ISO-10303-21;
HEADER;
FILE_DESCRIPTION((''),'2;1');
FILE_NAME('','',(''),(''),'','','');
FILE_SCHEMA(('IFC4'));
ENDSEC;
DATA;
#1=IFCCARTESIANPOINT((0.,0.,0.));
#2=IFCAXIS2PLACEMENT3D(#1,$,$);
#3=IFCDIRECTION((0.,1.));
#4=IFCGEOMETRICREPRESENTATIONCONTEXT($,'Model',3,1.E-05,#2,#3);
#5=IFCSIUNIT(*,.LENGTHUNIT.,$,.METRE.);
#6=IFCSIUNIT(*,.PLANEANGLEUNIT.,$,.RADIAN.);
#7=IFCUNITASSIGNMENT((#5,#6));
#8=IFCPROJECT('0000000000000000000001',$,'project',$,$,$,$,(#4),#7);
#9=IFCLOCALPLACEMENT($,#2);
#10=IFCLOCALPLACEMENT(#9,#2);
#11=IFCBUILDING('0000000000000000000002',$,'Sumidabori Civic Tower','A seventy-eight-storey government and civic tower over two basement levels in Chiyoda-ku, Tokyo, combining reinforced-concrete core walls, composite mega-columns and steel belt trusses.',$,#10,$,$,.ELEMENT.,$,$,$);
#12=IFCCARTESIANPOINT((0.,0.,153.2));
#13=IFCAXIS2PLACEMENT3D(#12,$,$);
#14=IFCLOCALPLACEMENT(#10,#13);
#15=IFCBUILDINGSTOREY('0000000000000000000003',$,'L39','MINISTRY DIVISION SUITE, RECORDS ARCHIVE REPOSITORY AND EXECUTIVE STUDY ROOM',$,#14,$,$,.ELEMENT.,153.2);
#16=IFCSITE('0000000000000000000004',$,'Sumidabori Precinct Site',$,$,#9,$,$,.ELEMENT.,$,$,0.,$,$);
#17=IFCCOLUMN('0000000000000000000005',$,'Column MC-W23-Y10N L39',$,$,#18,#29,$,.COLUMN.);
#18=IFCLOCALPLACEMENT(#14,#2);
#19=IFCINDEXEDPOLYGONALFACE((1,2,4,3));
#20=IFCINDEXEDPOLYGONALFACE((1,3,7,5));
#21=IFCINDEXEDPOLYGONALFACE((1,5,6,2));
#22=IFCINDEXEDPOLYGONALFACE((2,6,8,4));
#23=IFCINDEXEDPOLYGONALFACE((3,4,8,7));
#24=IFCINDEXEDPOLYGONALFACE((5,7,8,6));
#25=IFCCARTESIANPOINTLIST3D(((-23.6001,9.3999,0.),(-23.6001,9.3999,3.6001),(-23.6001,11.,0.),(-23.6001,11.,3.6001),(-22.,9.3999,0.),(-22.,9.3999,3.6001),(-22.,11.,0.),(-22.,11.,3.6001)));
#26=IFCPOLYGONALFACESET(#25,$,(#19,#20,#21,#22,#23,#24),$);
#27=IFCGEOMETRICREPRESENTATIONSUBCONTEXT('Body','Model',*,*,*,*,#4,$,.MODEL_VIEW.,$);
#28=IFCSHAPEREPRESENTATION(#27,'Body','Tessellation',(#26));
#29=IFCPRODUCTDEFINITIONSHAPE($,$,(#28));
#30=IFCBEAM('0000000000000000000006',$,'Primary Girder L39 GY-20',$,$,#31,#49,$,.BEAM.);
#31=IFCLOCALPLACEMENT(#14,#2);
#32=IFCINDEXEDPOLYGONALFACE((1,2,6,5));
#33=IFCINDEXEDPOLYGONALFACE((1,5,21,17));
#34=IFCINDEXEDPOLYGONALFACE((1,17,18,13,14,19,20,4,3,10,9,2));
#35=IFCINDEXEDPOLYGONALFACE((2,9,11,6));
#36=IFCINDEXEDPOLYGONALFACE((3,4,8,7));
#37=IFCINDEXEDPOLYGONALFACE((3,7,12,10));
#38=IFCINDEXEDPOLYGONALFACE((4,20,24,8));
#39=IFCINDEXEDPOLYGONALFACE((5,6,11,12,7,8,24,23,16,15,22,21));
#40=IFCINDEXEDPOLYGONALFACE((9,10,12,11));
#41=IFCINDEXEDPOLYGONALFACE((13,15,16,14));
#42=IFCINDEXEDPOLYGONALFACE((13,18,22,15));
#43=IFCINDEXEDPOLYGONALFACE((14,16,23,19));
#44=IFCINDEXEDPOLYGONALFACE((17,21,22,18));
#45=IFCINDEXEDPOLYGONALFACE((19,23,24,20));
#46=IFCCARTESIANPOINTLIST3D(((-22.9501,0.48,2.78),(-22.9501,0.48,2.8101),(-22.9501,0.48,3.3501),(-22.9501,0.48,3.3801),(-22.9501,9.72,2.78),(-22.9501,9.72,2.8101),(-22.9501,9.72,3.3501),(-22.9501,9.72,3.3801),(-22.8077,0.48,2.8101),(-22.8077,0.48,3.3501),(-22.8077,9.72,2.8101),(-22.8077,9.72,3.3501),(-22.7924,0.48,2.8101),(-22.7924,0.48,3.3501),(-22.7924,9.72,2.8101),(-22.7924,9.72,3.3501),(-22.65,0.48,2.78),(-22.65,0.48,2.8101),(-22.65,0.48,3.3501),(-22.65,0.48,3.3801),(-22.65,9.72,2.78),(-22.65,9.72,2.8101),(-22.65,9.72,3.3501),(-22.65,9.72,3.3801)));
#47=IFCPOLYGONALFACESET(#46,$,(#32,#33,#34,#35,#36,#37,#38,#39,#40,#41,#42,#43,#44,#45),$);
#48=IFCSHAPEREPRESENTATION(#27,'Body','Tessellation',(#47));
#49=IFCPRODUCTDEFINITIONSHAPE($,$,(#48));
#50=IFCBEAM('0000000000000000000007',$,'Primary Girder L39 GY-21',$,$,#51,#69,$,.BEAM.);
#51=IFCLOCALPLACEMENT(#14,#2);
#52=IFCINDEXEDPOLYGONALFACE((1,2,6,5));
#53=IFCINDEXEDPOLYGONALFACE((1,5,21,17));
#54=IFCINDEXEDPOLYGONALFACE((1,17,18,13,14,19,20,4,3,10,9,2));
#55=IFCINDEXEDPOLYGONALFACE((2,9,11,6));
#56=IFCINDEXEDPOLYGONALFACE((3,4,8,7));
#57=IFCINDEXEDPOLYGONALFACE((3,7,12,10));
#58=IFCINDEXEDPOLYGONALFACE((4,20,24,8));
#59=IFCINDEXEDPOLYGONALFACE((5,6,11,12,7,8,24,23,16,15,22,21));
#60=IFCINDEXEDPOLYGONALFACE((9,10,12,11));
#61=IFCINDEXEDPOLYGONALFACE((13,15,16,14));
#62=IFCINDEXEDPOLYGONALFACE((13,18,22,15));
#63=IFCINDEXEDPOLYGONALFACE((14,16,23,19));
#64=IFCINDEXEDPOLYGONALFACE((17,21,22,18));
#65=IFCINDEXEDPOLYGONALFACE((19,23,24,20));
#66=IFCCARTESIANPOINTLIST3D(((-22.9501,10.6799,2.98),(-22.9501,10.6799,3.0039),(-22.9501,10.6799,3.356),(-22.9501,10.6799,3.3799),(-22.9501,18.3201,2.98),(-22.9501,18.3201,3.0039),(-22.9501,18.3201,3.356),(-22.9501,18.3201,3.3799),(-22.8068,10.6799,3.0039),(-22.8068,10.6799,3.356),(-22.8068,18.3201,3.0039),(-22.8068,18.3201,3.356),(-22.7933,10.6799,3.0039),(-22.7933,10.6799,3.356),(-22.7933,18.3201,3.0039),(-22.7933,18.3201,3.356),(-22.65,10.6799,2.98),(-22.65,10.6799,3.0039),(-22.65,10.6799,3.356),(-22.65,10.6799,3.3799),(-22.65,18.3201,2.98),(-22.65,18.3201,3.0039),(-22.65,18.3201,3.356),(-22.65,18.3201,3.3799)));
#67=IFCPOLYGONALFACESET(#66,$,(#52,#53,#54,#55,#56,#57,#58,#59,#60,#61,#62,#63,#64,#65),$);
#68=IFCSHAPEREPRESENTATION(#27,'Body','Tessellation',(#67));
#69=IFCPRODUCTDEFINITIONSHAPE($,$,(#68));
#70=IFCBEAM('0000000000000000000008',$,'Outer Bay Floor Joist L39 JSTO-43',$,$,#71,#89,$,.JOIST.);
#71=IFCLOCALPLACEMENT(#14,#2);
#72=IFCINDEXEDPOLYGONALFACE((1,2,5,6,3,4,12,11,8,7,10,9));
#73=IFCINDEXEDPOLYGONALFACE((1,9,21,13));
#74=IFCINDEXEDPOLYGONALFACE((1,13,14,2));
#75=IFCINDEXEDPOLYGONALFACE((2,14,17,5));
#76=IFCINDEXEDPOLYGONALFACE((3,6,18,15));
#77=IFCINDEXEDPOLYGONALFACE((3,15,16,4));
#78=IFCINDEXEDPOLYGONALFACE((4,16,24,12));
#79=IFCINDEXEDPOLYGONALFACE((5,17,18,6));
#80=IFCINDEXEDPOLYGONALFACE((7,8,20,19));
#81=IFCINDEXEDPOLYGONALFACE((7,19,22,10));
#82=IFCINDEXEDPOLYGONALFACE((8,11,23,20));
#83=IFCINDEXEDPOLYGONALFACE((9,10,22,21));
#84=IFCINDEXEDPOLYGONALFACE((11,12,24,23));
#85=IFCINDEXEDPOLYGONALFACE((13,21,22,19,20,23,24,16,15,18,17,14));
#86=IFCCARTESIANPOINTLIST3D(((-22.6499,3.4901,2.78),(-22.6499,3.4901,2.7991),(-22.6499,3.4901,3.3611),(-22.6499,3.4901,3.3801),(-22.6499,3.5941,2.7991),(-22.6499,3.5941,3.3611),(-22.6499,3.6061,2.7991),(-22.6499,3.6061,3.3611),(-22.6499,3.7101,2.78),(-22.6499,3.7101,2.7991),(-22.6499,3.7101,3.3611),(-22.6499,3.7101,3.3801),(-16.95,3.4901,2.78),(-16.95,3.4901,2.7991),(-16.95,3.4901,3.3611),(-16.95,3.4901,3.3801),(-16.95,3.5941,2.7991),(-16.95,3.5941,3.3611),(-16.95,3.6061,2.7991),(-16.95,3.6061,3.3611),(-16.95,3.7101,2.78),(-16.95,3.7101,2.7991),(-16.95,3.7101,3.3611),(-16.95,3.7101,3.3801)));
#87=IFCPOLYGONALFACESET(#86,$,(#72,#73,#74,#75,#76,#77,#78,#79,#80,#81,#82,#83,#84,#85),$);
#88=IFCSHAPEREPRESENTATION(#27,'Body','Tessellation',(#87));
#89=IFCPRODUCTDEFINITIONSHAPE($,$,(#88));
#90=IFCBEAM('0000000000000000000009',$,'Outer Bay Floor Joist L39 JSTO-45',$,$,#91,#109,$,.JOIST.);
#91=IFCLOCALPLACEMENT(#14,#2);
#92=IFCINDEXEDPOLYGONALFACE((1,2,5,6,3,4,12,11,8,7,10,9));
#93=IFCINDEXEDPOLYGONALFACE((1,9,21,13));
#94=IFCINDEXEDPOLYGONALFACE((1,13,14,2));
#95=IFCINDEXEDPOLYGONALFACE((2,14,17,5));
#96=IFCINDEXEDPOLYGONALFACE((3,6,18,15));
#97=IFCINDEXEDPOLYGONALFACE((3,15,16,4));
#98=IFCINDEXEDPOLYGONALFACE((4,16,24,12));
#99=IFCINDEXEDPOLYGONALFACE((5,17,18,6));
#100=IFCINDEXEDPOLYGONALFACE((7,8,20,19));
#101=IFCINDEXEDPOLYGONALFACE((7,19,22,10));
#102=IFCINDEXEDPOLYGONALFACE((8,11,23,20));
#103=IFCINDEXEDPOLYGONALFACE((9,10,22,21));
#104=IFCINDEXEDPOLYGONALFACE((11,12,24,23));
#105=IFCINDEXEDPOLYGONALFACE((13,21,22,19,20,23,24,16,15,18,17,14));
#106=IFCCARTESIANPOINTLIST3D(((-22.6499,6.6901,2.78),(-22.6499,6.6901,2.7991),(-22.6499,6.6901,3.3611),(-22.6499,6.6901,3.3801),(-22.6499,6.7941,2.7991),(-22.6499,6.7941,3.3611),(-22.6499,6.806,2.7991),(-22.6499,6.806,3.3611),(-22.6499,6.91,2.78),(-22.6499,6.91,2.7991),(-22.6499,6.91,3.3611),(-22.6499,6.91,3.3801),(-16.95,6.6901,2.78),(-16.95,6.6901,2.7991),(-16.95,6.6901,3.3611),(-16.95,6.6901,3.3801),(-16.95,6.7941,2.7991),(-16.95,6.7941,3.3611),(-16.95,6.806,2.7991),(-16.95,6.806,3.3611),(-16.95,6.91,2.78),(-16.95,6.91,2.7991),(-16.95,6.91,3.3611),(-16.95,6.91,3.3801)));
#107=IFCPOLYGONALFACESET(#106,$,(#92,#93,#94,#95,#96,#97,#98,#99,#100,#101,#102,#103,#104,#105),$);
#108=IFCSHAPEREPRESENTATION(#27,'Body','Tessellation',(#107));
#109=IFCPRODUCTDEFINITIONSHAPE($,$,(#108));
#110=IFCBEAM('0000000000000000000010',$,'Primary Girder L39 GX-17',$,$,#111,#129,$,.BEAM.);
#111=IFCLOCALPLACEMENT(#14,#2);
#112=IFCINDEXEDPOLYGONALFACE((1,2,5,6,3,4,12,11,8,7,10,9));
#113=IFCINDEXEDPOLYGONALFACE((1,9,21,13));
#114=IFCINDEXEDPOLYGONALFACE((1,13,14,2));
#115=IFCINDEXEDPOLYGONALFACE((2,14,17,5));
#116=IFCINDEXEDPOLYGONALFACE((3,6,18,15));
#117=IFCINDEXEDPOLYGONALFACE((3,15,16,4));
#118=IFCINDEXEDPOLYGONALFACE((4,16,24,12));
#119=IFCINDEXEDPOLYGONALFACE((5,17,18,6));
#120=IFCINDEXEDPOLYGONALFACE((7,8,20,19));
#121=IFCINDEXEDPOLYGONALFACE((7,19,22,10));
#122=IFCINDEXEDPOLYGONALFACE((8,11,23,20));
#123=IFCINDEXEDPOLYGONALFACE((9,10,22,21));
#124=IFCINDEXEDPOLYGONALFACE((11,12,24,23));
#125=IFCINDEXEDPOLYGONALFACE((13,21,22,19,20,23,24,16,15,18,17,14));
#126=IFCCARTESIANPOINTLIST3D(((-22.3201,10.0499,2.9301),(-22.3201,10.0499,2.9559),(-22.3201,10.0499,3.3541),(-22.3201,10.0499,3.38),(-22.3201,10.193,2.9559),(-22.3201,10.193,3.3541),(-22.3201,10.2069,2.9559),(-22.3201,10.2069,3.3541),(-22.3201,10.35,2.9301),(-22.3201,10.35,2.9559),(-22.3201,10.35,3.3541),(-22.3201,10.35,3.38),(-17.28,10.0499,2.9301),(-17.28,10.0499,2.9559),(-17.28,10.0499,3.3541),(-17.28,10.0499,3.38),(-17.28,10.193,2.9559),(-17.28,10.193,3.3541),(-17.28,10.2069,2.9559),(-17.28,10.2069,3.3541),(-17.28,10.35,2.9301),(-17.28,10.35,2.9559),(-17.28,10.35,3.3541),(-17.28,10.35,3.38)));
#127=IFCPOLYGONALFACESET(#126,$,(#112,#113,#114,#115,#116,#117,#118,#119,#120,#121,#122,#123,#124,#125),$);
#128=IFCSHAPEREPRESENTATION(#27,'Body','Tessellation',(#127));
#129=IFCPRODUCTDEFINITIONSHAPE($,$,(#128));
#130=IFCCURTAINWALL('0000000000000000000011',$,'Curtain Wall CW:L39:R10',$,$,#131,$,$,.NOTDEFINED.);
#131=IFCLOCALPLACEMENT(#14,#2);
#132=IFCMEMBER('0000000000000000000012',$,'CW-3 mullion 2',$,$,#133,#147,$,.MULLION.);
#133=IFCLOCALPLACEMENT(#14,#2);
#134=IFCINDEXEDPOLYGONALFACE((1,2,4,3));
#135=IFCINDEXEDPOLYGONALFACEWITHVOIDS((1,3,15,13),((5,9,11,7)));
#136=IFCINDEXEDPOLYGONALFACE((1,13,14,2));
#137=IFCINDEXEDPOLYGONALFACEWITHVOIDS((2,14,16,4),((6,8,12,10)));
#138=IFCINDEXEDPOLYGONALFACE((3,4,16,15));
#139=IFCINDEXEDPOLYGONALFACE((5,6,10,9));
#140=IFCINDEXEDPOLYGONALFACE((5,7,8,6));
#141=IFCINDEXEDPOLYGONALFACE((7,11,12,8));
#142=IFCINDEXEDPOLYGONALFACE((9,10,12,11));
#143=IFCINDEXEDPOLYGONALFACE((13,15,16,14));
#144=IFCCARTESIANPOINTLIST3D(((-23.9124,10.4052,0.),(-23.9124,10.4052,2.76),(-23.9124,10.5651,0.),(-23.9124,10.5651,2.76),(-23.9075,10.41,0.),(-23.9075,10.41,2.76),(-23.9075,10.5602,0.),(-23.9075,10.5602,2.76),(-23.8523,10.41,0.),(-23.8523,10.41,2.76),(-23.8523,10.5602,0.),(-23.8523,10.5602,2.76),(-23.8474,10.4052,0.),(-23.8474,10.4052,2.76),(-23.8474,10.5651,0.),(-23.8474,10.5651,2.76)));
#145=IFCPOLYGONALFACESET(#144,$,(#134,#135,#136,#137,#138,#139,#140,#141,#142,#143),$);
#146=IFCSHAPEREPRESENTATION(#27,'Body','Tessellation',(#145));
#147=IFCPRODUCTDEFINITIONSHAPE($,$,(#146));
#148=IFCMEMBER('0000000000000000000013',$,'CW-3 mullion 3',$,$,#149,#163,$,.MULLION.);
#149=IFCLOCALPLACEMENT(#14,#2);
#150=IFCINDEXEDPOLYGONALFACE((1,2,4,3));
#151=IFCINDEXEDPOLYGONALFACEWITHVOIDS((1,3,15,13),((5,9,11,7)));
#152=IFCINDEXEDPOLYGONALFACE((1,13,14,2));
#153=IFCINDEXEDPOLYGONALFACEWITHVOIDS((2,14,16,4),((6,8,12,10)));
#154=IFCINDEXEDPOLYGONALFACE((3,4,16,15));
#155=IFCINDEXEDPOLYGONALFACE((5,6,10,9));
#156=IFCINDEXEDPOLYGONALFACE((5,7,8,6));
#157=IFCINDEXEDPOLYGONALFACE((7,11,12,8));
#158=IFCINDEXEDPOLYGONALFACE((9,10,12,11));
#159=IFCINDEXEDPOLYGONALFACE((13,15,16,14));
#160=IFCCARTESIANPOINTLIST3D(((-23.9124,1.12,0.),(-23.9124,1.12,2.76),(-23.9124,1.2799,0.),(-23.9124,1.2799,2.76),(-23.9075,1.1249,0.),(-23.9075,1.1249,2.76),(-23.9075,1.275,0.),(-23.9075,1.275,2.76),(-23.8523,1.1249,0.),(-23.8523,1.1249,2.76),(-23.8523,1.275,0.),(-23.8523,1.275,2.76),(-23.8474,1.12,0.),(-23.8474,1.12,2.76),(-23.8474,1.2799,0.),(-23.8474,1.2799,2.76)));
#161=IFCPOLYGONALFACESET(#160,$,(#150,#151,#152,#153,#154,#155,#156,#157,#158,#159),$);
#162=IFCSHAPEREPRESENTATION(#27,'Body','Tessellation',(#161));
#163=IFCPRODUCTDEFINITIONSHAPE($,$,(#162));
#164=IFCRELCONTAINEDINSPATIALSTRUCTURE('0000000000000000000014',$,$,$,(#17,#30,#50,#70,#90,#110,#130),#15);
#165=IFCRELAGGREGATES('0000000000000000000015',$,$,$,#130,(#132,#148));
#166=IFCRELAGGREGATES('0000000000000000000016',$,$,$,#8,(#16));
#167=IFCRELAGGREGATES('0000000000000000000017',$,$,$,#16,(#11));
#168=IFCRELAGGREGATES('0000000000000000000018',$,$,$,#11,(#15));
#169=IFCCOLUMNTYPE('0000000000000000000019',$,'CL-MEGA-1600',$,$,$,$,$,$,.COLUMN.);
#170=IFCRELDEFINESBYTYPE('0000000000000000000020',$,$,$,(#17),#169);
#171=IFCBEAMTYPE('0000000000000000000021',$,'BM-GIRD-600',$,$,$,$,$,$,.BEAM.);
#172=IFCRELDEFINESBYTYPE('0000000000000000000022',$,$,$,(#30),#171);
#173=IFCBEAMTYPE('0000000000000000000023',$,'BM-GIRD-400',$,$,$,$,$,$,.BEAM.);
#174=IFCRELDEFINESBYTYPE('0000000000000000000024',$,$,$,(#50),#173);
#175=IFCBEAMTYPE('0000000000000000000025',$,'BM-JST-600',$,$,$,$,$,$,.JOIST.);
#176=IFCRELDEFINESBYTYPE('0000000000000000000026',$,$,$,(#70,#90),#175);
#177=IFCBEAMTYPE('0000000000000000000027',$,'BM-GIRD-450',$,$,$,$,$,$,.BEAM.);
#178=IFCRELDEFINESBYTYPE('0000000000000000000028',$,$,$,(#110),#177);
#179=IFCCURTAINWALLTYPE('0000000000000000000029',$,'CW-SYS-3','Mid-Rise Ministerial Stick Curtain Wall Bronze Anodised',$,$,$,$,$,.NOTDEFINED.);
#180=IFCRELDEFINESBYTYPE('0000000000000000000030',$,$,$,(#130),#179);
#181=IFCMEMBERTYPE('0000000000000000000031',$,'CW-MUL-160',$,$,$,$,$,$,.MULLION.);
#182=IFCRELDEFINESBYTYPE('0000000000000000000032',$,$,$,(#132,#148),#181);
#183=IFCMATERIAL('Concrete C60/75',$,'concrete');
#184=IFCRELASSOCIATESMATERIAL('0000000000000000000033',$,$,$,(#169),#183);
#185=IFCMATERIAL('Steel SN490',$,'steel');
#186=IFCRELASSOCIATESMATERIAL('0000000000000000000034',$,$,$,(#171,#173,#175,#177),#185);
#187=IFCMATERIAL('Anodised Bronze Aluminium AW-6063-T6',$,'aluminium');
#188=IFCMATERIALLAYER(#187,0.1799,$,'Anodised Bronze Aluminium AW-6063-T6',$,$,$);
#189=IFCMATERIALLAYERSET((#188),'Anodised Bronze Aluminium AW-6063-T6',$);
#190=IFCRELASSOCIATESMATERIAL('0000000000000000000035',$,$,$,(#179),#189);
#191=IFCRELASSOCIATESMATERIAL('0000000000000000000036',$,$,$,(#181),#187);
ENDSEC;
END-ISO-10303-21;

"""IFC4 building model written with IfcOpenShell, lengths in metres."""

from ifc_helpers import new_model, si_unit, direction, frame, origin, origin_2d, place, context, subcontext, project, spatial, rectangle, hollow_rectangle, i_section, extrude, source, transform, mapped, material, layer, layer_set, material_profile, profile_set, type_object, element, aggregate, save


model = new_model("IFC4")

# Units and contexts
model_context = context("Model", 3, precision=1e-05, world=origin(), true_north=direction((0.0, 1.0)))
body_context = subcontext(model_context, "Body", "Model", "MODEL_VIEW")
ifc_project = project(units=[si_unit("LENGTHUNIT", "METRE"), si_unit("PLANEANGLEUNIT", "RADIAN")], contexts=[model_context])

# Site, building, storey
site_placement = place(None, origin())
site = spatial("IfcSite", under=ifc_project, at=site_placement, Name="Sumidabori Precinct Site", CompositionType="ELEMENT", RefElevation=0.0)
building_placement = place(site_placement, origin())
building = spatial("IfcBuilding", under=site, at=building_placement, Name="Sumidabori Civic Tower", Description="A seventy-eight-storey government and civic tower over two basement levels in Chiyoda-ku, Tokyo, combining reinforced-concrete core walls, composite mega-columns and steel belt trusses.", CompositionType="ELEMENT")
storey_placement = place(building_placement, frame((0.0, 0.0, 153.2)))
storey = spatial("IfcBuildingStorey", under=building, at=storey_placement, Name="L39", Description="MINISTRY DIVISION SUITE, RECORDS ARCHIVE REPOSITORY AND EXECUTIVE STUDY ROOM", CompositionType="ELEMENT", Elevation=153.2)

# Column
ifc_material_1 = material(Name="Concrete C60/75", Category="concrete")
ifc_material_profile_1 = material_profile(ifc_material_1, rectangle(XDim=1.6001, YDim=1.6001, at=origin_2d()), Name="RC 1600x1600")
ifc_profile_set_1 = profile_set([ifc_material_profile_1], Name="Concrete C60/75")
column_type = type_object("IfcColumnType", Name="CL-MEGA-1600", PredefinedType="COLUMN", material=ifc_profile_set_1)
shared_shape_1 = source(origin(), body_context, "Body", "SweptSolid", [
    extrude(rectangle(XDim=1.6001, YDim=1.6001, at=origin_2d()), origin(), (0.0, 0.0, 1.0), 3.6001),
])
column_placement = place(storey_placement, frame((-22.8, 10.2, 0.0), z_axis=(0.0, 0.0, 1.0), x_axis=(1.0, 0.0, 0.0)))
element("IfcColumn", 1, at=column_placement, inside=storey, type_object=column_type, Name="Column MC-W23-Y10N L39", PredefinedType="COLUMN", context=body_context, shape_type="MappedRepresentation", body=[
    mapped(shared_shape_1, transform((0.0, 0.0, 0.0), x_axis=(1.0, 0.0, 0.0), y_axis=(0.0, 1.0, 0.0), z_axis=(0.0, 0.0, 1.0), scale=1.0)),
])

# Beams
ifc_material_2 = material(Name="Steel SN490", Category="steel")
ifc_material_profile_2 = material_profile(ifc_material_2, i_section(OverallWidth=0.3, OverallDepth=0.6001, WebThickness=0.0154, FlangeThickness=0.03, at=origin_2d()), Name="HE 600 B")
ifc_profile_set_2 = profile_set([ifc_material_profile_2], Name="Steel SN490")
beam_type_1 = type_object("IfcBeamType", Name="BM-GIRD-600", PredefinedType="BEAM", material=ifc_profile_set_2)
shared_shape_2 = source(origin(), body_context, "Body", "SweptSolid", [
    extrude(i_section(OverallWidth=0.3, OverallDepth=0.6001, WebThickness=0.0154, FlangeThickness=0.03, at=origin_2d()), origin(), (0.0, 0.0, 1.0), 9.24),
])
beam_1_placement = place(storey_placement, frame((-22.8, 0.48, 3.0801), z_axis=(0.0, 1.0, 0.0), x_axis=(-1.0, 0.0, 0.0)))
element("IfcBeam", 2, at=beam_1_placement, inside=storey, type_object=beam_type_1, Name="Primary Girder L39 GY-20", PredefinedType="BEAM", context=body_context, shape_type="MappedRepresentation", body=[
    mapped(shared_shape_2, transform((0.0, 0.0, 0.0), x_axis=(1.0, 0.0, 0.0), y_axis=(0.0, 1.0, 0.0), z_axis=(0.0, 0.0, 1.0), scale=1.0)),
])
ifc_material_profile_3 = material_profile(ifc_material_2, i_section(OverallWidth=0.3, OverallDepth=0.3999, WebThickness=0.0134, FlangeThickness=0.0239, at=origin_2d()), Name="HE 400 B")
ifc_profile_set_3 = profile_set([ifc_material_profile_3], Name="Steel SN490")
beam_type_2 = type_object("IfcBeamType", Name="BM-GIRD-400", PredefinedType="BEAM", material=ifc_profile_set_3)
shared_shape_3 = source(origin(), body_context, "Body", "SweptSolid", [
    extrude(i_section(OverallWidth=0.3, OverallDepth=0.3999, WebThickness=0.0134, FlangeThickness=0.0239, at=origin_2d()), origin(), (0.0, 0.0, 1.0), 7.6401),
])
beam_2_placement = place(storey_placement, frame((-22.8, 10.6799, 3.1799), z_axis=(0.0, 1.0, 0.0), x_axis=(-1.0, 0.0, 0.0)))
element("IfcBeam", 3, at=beam_2_placement, inside=storey, type_object=beam_type_2, Name="Primary Girder L39 GY-21", PredefinedType="BEAM", context=body_context, shape_type="MappedRepresentation", body=[
    mapped(shared_shape_3, transform((0.0, 0.0, 0.0), x_axis=(1.0, 0.0, 0.0), y_axis=(0.0, 1.0, 0.0), z_axis=(0.0, 0.0, 1.0), scale=1.0)),
])
ifc_material_profile_4 = material_profile(ifc_material_2, i_section(OverallWidth=0.22, OverallDepth=0.6001, WebThickness=0.012, FlangeThickness=0.019, at=origin_2d()), Name="IPE 600")
ifc_profile_set_4 = profile_set([ifc_material_profile_4], Name="Steel SN490")
beam_type_3 = type_object("IfcBeamType", Name="BM-JST-600", PredefinedType="JOIST", material=ifc_profile_set_4)
shared_shape_4 = source(origin(), body_context, "Body", "SweptSolid", [
    extrude(i_section(OverallWidth=0.22, OverallDepth=0.6001, WebThickness=0.012, FlangeThickness=0.019, at=origin_2d()), origin(), (0.0, 0.0, 1.0), 5.7),
])
for number, where, z_axis, x_axis, name in (
    (4, (-22.6499, 3.6001, 3.0801), (1.0, 0.0, 0.0), (0.0, 1.0, 0.0), "Outer Bay Floor Joist L39 JSTO-43"),
    (5, (-22.6499, 6.8, 3.0801), (1.0, 0.0, 0.0), (0.0, 1.0, 0.0), "Outer Bay Floor Joist L39 JSTO-45"),
):
    element("IfcBeam", number, at=place(storey_placement, frame(where, z_axis=z_axis, x_axis=x_axis)), inside=storey, type_object=beam_type_3, Name=name, PredefinedType="JOIST", context=body_context, shape_type="MappedRepresentation", body=[
        mapped(shared_shape_4, transform((0.0, 0.0, 0.0), x_axis=(1.0, 0.0, 0.0), y_axis=(0.0, 1.0, 0.0), z_axis=(0.0, 0.0, 1.0), scale=1.0)),
    ])
ifc_material_profile_5 = material_profile(ifc_material_2, i_section(OverallWidth=0.3, OverallDepth=0.45, WebThickness=0.0139, FlangeThickness=0.0259, at=origin_2d()), Name="HE 450 B")
ifc_profile_set_5 = profile_set([ifc_material_profile_5], Name="Steel SN490")
beam_type_4 = type_object("IfcBeamType", Name="BM-GIRD-450", PredefinedType="BEAM", material=ifc_profile_set_5)
shared_shape_5 = source(origin(), body_context, "Body", "SweptSolid", [
    extrude(i_section(OverallWidth=0.3, OverallDepth=0.45, WebThickness=0.0139, FlangeThickness=0.0259, at=origin_2d()), origin(), (0.0, 0.0, 1.0), 5.04),
])
beam_3_placement = place(storey_placement, frame((-22.3201, 10.2, 3.155), z_axis=(1.0, 0.0, 0.0), x_axis=(0.0, 1.0, 0.0)))
element("IfcBeam", 6, at=beam_3_placement, inside=storey, type_object=beam_type_4, Name="Primary Girder L39 GX-17", PredefinedType="BEAM", context=body_context, shape_type="MappedRepresentation", body=[
    mapped(shared_shape_5, transform((0.0, 0.0, 0.0), x_axis=(1.0, 0.0, 0.0), y_axis=(0.0, 1.0, 0.0), z_axis=(0.0, 0.0, 1.0), scale=1.0)),
])

# Curtain wall, members
ifc_material_3 = material(Name="Anodised Bronze Aluminium AW-6063-T6", Category="aluminium")
ifc_layer_1 = layer(ifc_material_3, 0.1799, Name="Anodised Bronze Aluminium AW-6063-T6")
ifc_layer_set_1 = layer_set([ifc_layer_1], Name="Anodised Bronze Aluminium AW-6063-T6")
curtain_wall_type = type_object("IfcCurtainWallType", Name="CW-SYS-3", Description="Mid-Rise Ministerial Stick Curtain Wall Bronze Anodised", PredefinedType="NOTDEFINED", material=ifc_layer_set_1)
curtain_wall_placement = place(storey_placement, origin())
curtain_wall = element("IfcCurtainWall", 7, at=curtain_wall_placement, inside=storey, type_object=curtain_wall_type, Name="Curtain Wall CW:L39:R10", PredefinedType="NOTDEFINED")
ifc_material_profile_6 = material_profile(ifc_material_3, hollow_rectangle(XDim=0.0649, YDim=0.1599, WallThickness=0.0049, at=origin_2d()), Name="ALU MULLION 160x65")
ifc_profile_set_6 = profile_set([ifc_material_profile_6], Name="Anodised Bronze Aluminium AW-6063-T6")
member_type_1 = type_object("IfcMemberType", Name="CW-MUL-160", PredefinedType="MULLION", material=ifc_profile_set_6)
shared_shape_6 = source(origin(), body_context, "Body", "SweptSolid", [
    extrude(hollow_rectangle(XDim=0.0649, YDim=0.1599, WallThickness=0.0049, at=origin_2d()), origin(), (0.0, 0.0, 1.0), 2.76),
])
member_1_placement = place(storey_placement, frame((-23.8799, 10.4851, 0.0), z_axis=(0.0, 0.0, 1.0), x_axis=(1.0, 0.0, 0.0)))
member_1 = element("IfcMember", 8, at=member_1_placement, type_object=member_type_1, Name="CW-3 mullion 2", PredefinedType="MULLION", context=body_context, shape_type="MappedRepresentation", body=[
    mapped(shared_shape_6, transform((0.0, 0.0, 0.0), x_axis=(1.0, 0.0, 0.0), y_axis=(0.0, 1.0, 0.0), z_axis=(0.0, 0.0, 1.0), scale=1.0)),
])
member_2_placement = place(storey_placement, frame((-23.8799, 1.2, 0.0), z_axis=(0.0, 0.0, 1.0), x_axis=(1.0, 0.0, 0.0)))
member_2 = element("IfcMember", 9, at=member_2_placement, type_object=member_type_1, Name="CW-3 mullion 3", PredefinedType="MULLION", context=body_context, shape_type="MappedRepresentation", body=[
    mapped(shared_shape_6, transform((0.0, 0.0, 0.0), x_axis=(1.0, 0.0, 0.0), y_axis=(0.0, 1.0, 0.0), z_axis=(0.0, 0.0, 1.0), scale=1.0)),
])
aggregate(curtain_wall, [member_1, member_2])

save(model, "model.ifc")
